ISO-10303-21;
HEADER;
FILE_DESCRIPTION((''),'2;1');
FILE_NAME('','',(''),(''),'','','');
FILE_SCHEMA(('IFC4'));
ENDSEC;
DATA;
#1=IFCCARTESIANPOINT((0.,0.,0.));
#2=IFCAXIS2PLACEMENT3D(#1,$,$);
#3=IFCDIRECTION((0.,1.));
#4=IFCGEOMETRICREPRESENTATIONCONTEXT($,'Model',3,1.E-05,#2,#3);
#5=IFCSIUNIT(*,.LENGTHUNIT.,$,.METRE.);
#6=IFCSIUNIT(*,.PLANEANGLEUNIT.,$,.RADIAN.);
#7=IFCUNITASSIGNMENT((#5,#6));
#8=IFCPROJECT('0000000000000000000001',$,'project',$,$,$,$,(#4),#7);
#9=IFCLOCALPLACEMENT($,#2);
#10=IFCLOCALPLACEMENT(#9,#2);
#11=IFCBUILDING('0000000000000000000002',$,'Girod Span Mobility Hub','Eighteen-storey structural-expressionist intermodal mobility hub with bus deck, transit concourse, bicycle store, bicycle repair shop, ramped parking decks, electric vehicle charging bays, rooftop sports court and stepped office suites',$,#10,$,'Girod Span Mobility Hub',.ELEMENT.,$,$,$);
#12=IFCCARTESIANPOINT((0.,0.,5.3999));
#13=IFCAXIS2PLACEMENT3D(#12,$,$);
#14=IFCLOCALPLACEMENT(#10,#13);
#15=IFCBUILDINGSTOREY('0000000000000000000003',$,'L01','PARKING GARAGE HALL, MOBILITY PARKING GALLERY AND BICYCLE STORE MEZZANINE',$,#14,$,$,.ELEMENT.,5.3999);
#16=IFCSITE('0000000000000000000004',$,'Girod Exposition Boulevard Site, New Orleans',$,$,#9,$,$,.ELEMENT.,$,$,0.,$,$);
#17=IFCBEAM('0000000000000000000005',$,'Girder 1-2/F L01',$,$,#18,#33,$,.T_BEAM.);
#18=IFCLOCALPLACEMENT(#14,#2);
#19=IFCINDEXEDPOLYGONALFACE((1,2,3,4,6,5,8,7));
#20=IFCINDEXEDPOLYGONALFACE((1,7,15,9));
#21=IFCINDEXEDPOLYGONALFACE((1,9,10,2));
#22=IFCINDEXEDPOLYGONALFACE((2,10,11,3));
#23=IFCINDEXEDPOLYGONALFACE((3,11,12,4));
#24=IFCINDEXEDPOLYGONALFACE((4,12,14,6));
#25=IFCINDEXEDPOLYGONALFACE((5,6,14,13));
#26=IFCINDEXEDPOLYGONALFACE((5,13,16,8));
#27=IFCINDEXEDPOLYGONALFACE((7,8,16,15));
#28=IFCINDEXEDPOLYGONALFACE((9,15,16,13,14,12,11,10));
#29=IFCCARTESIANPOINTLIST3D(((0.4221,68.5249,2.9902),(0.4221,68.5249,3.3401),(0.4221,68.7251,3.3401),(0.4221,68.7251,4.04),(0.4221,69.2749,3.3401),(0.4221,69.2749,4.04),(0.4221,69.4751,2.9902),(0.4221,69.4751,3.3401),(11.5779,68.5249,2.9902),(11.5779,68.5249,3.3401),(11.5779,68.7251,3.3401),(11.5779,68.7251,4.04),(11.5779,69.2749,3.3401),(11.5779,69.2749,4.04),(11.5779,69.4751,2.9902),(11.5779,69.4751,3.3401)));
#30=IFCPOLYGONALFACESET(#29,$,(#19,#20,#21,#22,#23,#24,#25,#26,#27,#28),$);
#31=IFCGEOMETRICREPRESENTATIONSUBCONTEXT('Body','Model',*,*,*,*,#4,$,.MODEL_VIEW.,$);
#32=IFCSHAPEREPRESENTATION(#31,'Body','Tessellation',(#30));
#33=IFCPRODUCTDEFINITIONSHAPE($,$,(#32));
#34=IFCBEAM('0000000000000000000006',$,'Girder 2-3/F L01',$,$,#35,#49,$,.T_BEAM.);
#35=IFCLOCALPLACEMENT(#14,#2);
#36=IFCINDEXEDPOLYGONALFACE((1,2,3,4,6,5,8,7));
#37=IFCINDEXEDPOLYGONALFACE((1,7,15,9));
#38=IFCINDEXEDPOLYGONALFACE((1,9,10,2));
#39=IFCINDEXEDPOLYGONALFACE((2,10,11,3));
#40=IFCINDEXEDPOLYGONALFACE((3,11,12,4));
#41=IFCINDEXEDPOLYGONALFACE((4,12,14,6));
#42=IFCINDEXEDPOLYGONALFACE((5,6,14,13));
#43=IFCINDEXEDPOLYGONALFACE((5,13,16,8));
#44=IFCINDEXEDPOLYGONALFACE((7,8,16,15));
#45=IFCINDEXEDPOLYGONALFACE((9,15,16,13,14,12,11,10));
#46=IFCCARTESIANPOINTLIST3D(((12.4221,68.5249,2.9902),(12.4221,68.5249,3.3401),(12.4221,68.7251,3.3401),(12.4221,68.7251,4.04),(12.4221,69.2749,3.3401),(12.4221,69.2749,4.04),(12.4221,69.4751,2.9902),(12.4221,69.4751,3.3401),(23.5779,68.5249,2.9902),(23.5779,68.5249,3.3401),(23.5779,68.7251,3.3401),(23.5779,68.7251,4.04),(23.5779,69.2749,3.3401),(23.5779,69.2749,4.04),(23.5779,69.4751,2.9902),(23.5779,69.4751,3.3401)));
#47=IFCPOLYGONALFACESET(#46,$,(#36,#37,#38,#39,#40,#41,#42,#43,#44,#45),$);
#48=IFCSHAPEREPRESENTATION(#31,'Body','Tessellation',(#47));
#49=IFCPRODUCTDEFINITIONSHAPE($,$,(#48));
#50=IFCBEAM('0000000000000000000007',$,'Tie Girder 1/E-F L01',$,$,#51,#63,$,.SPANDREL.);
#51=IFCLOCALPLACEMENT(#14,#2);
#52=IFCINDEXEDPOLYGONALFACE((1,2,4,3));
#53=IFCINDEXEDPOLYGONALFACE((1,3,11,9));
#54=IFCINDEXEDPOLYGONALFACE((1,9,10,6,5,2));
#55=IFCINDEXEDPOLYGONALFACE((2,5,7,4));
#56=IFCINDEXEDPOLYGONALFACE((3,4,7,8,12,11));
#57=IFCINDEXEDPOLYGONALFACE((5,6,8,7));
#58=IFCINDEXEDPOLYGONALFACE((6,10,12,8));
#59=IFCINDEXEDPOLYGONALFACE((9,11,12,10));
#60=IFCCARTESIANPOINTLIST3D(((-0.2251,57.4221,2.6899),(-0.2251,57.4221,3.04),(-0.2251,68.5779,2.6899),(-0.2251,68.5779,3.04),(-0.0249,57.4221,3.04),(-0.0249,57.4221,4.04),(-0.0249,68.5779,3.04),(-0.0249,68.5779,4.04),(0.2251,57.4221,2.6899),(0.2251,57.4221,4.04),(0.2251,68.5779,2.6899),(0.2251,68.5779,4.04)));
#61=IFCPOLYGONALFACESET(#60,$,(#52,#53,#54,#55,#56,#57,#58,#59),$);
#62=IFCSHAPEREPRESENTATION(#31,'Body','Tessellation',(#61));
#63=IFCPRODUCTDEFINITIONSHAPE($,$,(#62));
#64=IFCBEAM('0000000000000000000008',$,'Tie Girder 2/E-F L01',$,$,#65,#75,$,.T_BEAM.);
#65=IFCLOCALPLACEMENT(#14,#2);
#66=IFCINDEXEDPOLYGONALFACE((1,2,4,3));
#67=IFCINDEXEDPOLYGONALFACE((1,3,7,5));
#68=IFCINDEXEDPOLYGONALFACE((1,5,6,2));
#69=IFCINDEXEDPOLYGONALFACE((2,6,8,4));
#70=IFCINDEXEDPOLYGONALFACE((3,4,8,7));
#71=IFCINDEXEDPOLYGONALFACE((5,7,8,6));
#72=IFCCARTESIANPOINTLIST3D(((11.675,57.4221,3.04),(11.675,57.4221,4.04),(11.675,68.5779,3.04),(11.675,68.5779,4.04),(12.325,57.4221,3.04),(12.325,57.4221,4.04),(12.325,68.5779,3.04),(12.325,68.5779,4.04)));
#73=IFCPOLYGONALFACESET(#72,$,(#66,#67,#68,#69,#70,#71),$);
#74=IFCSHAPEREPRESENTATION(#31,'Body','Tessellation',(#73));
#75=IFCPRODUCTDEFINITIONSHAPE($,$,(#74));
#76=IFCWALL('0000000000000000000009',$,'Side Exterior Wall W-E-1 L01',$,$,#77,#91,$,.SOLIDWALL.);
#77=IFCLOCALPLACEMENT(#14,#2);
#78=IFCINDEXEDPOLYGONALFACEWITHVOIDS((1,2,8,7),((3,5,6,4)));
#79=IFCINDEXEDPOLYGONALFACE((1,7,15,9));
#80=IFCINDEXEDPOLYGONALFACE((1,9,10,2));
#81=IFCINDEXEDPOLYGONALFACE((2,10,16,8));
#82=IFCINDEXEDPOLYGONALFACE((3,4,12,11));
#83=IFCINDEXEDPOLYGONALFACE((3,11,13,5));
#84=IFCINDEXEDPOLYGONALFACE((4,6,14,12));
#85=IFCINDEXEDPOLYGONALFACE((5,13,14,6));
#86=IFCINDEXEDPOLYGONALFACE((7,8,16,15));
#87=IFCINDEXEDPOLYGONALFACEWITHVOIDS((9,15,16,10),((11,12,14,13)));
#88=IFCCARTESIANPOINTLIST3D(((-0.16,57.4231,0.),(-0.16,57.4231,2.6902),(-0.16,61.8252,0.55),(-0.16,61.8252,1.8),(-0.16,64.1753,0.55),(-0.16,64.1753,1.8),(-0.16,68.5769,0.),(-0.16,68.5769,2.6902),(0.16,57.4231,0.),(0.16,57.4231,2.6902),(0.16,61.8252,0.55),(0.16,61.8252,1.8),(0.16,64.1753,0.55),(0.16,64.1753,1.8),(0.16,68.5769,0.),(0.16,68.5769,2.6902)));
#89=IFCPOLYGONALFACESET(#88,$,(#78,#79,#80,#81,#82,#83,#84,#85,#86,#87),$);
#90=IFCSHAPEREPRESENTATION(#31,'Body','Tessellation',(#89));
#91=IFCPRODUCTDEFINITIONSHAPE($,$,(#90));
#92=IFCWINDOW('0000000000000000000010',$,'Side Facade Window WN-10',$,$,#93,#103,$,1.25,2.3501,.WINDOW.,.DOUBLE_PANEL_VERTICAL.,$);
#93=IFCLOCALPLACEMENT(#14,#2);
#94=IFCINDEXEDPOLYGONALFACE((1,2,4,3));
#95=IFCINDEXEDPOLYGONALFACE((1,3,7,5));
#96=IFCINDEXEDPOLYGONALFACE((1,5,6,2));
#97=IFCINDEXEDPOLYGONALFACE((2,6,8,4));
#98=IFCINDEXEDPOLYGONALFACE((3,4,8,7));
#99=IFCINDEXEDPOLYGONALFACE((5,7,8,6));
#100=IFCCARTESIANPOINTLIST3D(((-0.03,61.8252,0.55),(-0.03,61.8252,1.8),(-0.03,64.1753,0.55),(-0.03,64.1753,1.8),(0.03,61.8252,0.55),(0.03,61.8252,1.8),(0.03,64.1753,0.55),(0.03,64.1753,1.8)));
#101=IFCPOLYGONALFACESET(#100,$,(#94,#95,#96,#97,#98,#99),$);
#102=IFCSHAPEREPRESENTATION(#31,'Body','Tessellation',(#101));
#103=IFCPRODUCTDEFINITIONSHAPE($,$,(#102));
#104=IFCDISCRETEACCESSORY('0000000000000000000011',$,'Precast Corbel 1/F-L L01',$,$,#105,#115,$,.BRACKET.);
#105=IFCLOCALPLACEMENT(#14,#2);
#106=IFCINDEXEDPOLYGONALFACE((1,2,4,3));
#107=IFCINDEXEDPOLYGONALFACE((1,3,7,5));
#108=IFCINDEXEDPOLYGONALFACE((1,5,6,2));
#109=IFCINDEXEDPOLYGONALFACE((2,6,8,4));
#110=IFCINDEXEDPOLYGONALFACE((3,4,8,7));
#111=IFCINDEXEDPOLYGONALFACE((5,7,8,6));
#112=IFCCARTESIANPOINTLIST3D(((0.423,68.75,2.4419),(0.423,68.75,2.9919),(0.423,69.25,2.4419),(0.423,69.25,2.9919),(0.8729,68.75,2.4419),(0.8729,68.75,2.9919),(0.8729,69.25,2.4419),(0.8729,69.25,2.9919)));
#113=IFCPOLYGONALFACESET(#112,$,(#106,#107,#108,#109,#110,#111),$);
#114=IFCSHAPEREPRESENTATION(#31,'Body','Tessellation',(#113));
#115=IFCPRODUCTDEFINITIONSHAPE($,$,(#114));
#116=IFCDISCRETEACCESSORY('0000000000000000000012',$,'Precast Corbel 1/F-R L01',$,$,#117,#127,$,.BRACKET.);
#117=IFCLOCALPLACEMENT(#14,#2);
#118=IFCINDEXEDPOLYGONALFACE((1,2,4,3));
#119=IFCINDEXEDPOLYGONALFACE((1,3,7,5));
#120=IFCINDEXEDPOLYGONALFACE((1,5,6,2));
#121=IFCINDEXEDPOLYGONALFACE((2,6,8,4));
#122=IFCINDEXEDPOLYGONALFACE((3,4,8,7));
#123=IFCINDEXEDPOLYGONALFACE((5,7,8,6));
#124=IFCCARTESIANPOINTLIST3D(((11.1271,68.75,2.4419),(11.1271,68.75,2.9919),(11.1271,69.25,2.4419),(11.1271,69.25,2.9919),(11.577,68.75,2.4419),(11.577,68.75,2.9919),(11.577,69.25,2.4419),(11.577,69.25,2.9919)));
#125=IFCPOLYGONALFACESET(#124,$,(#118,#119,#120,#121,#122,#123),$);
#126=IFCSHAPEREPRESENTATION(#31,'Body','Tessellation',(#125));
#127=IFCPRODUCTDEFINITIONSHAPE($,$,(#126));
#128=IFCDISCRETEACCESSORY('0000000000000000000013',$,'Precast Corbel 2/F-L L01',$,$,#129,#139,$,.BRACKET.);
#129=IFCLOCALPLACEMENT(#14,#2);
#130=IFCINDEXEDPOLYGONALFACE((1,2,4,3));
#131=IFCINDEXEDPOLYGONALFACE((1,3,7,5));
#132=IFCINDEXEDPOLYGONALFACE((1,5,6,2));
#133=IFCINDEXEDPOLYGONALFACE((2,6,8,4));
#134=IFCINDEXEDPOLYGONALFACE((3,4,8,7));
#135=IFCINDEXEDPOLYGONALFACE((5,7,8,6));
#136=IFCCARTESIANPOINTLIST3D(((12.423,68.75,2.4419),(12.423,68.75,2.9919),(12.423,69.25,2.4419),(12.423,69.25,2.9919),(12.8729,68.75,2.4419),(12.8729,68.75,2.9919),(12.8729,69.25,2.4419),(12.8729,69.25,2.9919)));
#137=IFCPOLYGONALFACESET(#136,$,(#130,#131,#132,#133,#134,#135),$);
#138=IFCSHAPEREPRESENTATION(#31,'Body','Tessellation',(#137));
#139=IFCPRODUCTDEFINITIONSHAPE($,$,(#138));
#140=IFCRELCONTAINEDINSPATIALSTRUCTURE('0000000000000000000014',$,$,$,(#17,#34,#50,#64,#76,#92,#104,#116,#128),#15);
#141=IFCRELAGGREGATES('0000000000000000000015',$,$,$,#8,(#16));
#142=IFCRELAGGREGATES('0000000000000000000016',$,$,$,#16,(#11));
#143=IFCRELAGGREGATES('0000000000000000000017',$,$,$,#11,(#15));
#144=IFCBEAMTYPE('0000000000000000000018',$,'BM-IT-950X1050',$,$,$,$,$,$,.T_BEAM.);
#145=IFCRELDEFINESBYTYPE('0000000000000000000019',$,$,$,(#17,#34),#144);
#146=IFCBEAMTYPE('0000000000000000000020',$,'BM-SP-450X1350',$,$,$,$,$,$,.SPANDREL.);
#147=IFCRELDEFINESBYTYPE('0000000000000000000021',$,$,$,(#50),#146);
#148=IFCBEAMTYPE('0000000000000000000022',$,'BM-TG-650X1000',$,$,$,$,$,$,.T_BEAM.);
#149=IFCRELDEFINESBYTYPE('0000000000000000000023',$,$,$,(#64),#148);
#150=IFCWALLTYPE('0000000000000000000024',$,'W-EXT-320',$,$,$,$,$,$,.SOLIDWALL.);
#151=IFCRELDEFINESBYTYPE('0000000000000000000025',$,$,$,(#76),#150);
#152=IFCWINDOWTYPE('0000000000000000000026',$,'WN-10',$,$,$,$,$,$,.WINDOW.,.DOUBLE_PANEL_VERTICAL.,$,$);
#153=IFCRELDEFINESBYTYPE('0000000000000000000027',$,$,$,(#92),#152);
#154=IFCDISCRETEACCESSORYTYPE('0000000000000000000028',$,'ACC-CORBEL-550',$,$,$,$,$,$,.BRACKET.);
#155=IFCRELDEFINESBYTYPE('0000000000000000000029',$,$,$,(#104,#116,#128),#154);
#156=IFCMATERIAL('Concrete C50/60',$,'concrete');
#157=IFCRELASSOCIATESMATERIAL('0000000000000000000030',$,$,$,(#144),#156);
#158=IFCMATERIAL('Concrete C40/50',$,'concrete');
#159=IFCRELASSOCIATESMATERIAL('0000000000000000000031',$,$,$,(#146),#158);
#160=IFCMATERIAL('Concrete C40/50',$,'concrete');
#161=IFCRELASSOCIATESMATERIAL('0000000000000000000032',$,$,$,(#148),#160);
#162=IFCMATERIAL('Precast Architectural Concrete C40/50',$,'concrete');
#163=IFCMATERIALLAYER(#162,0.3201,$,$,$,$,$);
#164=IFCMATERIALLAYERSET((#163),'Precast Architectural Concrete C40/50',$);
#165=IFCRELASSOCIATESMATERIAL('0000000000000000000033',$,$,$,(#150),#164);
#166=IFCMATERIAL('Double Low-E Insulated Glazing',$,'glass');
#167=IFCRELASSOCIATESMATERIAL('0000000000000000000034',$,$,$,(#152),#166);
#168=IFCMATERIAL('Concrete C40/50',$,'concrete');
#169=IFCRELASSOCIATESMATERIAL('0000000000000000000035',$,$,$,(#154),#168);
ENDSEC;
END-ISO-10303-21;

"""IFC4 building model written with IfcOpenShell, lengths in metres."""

from ifc_helpers import new_model, si_unit, direction, frame, frame_2d, origin, origin_2d, place, context, subcontext, project, spatial, polyline, rectangle, outline, extrude, material, layer, layer_set, material_profile, profile_set, type_object, element, fill, save


model = new_model("IFC4")

# Units and contexts
model_context = context("Model", 3, precision=1e-05, world=origin(), true_north=direction((0.0, 1.0)))
body_context = subcontext(model_context, "Body", "Model", "MODEL_VIEW")
ifc_project = project(units=[si_unit("LENGTHUNIT", "METRE"), si_unit("PLANEANGLEUNIT", "RADIAN")], contexts=[model_context])

# Site, building, storey
site_placement = place(None, origin())
site = spatial("IfcSite", under=ifc_project, at=site_placement, Name="Girod Exposition Boulevard Site, New Orleans", CompositionType="ELEMENT", RefElevation=0.0)
building_placement = place(site_placement, origin())
building = spatial("IfcBuilding", under=site, at=building_placement, Name="Girod Span Mobility Hub", Description="Eighteen-storey structural-expressionist intermodal mobility hub with bus deck, transit concourse, bicycle store, bicycle repair shop, ramped parking decks, electric vehicle charging bays, rooftop sports court and stepped office suites", LongName="Girod Span Mobility Hub", CompositionType="ELEMENT")
storey_placement = place(building_placement, frame((0.0, 0.0, 5.3999)))
storey = spatial("IfcBuildingStorey", under=building, at=storey_placement, Name="L01", Description="PARKING GARAGE HALL, MOBILITY PARKING GALLERY AND BICYCLE STORE MEZZANINE", CompositionType="ELEMENT", Elevation=5.3999)

# Beams
ifc_material_1 = material(Name="Concrete C50/60", Category="concrete")
ifc_material_profile_1 = material_profile(ifc_material_1, outline(polyline([(-0.4751, -0.5249), (0.4751, -0.5249), (0.4751, -0.175), (0.2749, -0.175), (0.2749, 0.5249), (-0.2749, 0.5249), (-0.2749, -0.175), (-0.4751, -0.175), (-0.4751, -0.5249)])), Name="IT-950X1050")
ifc_profile_set_1 = profile_set([ifc_material_profile_1], Name="Concrete C50/60")
beam_type_1 = type_object("IfcBeamType", Name="BM-IT-950X1050", PredefinedType="T_BEAM", material=ifc_profile_set_1)
for number, where, z_axis, x_axis, name in (
    (1, (0.4221, 69.0, 3.5151), (1.0, 0.0, 0.0), (0.0, 1.0, 0.0), "Girder 1-2/F L01"),
    (2, (12.4221, 69.0, 3.5151), (1.0, 0.0, 0.0), (0.0, 1.0, 0.0), "Girder 2-3/F L01"),
):
    element("IfcBeam", number, at=place(storey_placement, frame(where, z_axis=z_axis, x_axis=x_axis)), inside=storey, type_object=beam_type_1, Name=name, PredefinedType="T_BEAM", context=body_context, shape_type="SweptSolid", body=[
        extrude(outline(polyline([(-0.4751, -0.5249), (0.4751, -0.5249), (0.4751, -0.175), (0.2749, -0.175), (0.2749, 0.5249), (-0.2749, 0.5249), (-0.2749, -0.175), (-0.4751, -0.175), (-0.4751, -0.5249)])), origin(), (0.0, 0.0, 1.0), 11.1558),
    ])
ifc_material_2 = material(Name="Concrete C40/50", Category="concrete")
ifc_material_profile_2 = material_profile(ifc_material_2, outline(polyline([(-0.2251, -0.675), (0.2251, -0.675), (0.2251, -0.325), (0.0249, -0.325), (0.0249, 0.675), (-0.2251, 0.675), (-0.2251, -0.675)])), Name="SP-450X1350")
ifc_profile_set_2 = profile_set([ifc_material_profile_2], Name="Concrete C40/50")
beam_type_2 = type_object("IfcBeamType", Name="BM-SP-450X1350", PredefinedType="SPANDREL", material=ifc_profile_set_2)
beam_1_placement = place(storey_placement, frame((0.0, 57.4221, 3.365), z_axis=(0.0, 1.0, 0.0), x_axis=(-1.0, 0.0, 0.0)))
element("IfcBeam", 3, at=beam_1_placement, inside=storey, type_object=beam_type_2, Name="Tie Girder 1/E-F L01", PredefinedType="SPANDREL", context=body_context, shape_type="SweptSolid", body=[
    extrude(outline(polyline([(-0.2251, -0.675), (0.2251, -0.675), (0.2251, -0.325), (0.0249, -0.325), (0.0249, 0.675), (-0.2251, 0.675), (-0.2251, -0.675)])), origin(), (0.0, 0.0, 1.0), 11.1558),
])
ifc_material_3 = material(Name="Concrete C40/50", Category="concrete")
ifc_material_profile_3 = material_profile(ifc_material_3, rectangle(XDim=0.6499, YDim=1.0, at=origin_2d()), Name="TG-650X1000")
ifc_profile_set_3 = profile_set([ifc_material_profile_3], Name="Concrete C40/50")
beam_type_3 = type_object("IfcBeamType", Name="BM-TG-650X1000", PredefinedType="T_BEAM", material=ifc_profile_set_3)
beam_2_placement = place(storey_placement, frame((12.0, 57.4221, 3.54), z_axis=(0.0, 1.0, 0.0), x_axis=(-1.0, 0.0, 0.0)))
element("IfcBeam", 4, at=beam_2_placement, inside=storey, type_object=beam_type_3, Name="Tie Girder 2/E-F L01", PredefinedType="T_BEAM", context=body_context, shape_type="SweptSolid", body=[
    extrude(rectangle(XDim=0.6499, YDim=1.0, at=origin_2d()), origin(), (0.0, 0.0, 1.0), 11.1558),
])

# Wall, opening, window
ifc_material_4 = material(Name="Precast Architectural Concrete C40/50", Category="concrete")
ifc_layer = layer(ifc_material_4, 0.3201)
ifc_layer_set = layer_set([ifc_layer], Name="Precast Architectural Concrete C40/50")
wall_type = type_object("IfcWallType", Name="W-EXT-320", PredefinedType="SOLIDWALL", material=ifc_layer_set)
wall_placement = place(storey_placement, frame((0.0, 57.4231, 0.0), z_axis=(0.0, 0.0, 1.0), x_axis=(0.0, 1.0, 0.0)))
wall = element("IfcWall", 5, at=wall_placement, inside=storey, type_object=wall_type, Name="Side Exterior Wall W-E-1 L01", PredefinedType="SOLIDWALL", context=body_context, shape_type="SweptSolid", body=[
    extrude(rectangle(XDim=11.1538, YDim=0.3201, at=frame_2d((5.5769, 0.0))), origin(), (0.0, 0.0, 1.0), 2.6902),
])
opening_placement = place(wall_placement, frame((4.4021, 0.0, 0.55)))
opening = element("IfcOpeningElement", 6, at=opening_placement, cuts=wall, PredefinedType="OPENING", context=body_context, shape_type="SweptSolid", body=[
    extrude(rectangle(XDim=2.3501, YDim=1.25, at=frame_2d((1.175, 0.625))), frame((0.0, 0.175, 0.0), z_axis=(0.0, -1.0, 0.0), x_axis=(1.0, 0.0, 0.0)), (0.0, 0.0, 1.0), 0.3501),
])
ifc_material_5 = material(Name="Double Low-E Insulated Glazing", Category="glass")
window_type = type_object("IfcWindowType", Name="WN-10", PartitioningType="DOUBLE_PANEL_VERTICAL", PredefinedType="WINDOW", material=ifc_material_5)
window_placement = place(opening_placement, origin())
window = element("IfcWindow", 7, at=window_placement, inside=storey, type_object=window_type, Name="Side Facade Window WN-10", OverallHeight=1.25, OverallWidth=2.3501, PartitioningType="DOUBLE_PANEL_VERTICAL", PredefinedType="WINDOW", context=body_context, shape_type="SweptSolid", body=[
    extrude(rectangle(XDim=2.3501, YDim=1.25, at=frame_2d((1.175, 0.625))), frame((0.0, 0.03, 0.0), z_axis=(0.0, -1.0, 0.0), x_axis=(1.0, 0.0, 0.0)), (0.0, 0.0, 1.0), 0.0601),
])
fill(opening, window)

# Discrete accessories
ifc_material_6 = material(Name="Concrete C40/50", Category="concrete")
discrete_accessory_type = type_object("IfcDiscreteAccessoryType", Name="ACC-CORBEL-550", PredefinedType="BRACKET", material=ifc_material_6)
for number, where, z_axis, x_axis, name in (
    (8, (0.6479, 69.0, 2.4419), (0.0, 0.0, 1.0), (1.0, 0.0, 0.0), "Precast Corbel 1/F-L L01"),
    (9, (11.3521, 69.0, 2.4419), (0.0, 0.0, 1.0), (1.0, 0.0, 0.0), "Precast Corbel 1/F-R L01"),
    (10, (12.6479, 69.0, 2.4419), (0.0, 0.0, 1.0), (1.0, 0.0, 0.0), "Precast Corbel 2/F-L L01"),
):
    element("IfcDiscreteAccessory", number, at=place(storey_placement, frame(where, z_axis=z_axis, x_axis=x_axis)), inside=storey, type_object=discrete_accessory_type, Name=name, PredefinedType="BRACKET", context=body_context, shape_type="SweptSolid", body=[
        extrude(rectangle(XDim=0.45, YDim=0.5, at=origin_2d()), origin(), (0.0, 0.0, 1.0), 0.55),
    ])

save(model, "model.ifc")
